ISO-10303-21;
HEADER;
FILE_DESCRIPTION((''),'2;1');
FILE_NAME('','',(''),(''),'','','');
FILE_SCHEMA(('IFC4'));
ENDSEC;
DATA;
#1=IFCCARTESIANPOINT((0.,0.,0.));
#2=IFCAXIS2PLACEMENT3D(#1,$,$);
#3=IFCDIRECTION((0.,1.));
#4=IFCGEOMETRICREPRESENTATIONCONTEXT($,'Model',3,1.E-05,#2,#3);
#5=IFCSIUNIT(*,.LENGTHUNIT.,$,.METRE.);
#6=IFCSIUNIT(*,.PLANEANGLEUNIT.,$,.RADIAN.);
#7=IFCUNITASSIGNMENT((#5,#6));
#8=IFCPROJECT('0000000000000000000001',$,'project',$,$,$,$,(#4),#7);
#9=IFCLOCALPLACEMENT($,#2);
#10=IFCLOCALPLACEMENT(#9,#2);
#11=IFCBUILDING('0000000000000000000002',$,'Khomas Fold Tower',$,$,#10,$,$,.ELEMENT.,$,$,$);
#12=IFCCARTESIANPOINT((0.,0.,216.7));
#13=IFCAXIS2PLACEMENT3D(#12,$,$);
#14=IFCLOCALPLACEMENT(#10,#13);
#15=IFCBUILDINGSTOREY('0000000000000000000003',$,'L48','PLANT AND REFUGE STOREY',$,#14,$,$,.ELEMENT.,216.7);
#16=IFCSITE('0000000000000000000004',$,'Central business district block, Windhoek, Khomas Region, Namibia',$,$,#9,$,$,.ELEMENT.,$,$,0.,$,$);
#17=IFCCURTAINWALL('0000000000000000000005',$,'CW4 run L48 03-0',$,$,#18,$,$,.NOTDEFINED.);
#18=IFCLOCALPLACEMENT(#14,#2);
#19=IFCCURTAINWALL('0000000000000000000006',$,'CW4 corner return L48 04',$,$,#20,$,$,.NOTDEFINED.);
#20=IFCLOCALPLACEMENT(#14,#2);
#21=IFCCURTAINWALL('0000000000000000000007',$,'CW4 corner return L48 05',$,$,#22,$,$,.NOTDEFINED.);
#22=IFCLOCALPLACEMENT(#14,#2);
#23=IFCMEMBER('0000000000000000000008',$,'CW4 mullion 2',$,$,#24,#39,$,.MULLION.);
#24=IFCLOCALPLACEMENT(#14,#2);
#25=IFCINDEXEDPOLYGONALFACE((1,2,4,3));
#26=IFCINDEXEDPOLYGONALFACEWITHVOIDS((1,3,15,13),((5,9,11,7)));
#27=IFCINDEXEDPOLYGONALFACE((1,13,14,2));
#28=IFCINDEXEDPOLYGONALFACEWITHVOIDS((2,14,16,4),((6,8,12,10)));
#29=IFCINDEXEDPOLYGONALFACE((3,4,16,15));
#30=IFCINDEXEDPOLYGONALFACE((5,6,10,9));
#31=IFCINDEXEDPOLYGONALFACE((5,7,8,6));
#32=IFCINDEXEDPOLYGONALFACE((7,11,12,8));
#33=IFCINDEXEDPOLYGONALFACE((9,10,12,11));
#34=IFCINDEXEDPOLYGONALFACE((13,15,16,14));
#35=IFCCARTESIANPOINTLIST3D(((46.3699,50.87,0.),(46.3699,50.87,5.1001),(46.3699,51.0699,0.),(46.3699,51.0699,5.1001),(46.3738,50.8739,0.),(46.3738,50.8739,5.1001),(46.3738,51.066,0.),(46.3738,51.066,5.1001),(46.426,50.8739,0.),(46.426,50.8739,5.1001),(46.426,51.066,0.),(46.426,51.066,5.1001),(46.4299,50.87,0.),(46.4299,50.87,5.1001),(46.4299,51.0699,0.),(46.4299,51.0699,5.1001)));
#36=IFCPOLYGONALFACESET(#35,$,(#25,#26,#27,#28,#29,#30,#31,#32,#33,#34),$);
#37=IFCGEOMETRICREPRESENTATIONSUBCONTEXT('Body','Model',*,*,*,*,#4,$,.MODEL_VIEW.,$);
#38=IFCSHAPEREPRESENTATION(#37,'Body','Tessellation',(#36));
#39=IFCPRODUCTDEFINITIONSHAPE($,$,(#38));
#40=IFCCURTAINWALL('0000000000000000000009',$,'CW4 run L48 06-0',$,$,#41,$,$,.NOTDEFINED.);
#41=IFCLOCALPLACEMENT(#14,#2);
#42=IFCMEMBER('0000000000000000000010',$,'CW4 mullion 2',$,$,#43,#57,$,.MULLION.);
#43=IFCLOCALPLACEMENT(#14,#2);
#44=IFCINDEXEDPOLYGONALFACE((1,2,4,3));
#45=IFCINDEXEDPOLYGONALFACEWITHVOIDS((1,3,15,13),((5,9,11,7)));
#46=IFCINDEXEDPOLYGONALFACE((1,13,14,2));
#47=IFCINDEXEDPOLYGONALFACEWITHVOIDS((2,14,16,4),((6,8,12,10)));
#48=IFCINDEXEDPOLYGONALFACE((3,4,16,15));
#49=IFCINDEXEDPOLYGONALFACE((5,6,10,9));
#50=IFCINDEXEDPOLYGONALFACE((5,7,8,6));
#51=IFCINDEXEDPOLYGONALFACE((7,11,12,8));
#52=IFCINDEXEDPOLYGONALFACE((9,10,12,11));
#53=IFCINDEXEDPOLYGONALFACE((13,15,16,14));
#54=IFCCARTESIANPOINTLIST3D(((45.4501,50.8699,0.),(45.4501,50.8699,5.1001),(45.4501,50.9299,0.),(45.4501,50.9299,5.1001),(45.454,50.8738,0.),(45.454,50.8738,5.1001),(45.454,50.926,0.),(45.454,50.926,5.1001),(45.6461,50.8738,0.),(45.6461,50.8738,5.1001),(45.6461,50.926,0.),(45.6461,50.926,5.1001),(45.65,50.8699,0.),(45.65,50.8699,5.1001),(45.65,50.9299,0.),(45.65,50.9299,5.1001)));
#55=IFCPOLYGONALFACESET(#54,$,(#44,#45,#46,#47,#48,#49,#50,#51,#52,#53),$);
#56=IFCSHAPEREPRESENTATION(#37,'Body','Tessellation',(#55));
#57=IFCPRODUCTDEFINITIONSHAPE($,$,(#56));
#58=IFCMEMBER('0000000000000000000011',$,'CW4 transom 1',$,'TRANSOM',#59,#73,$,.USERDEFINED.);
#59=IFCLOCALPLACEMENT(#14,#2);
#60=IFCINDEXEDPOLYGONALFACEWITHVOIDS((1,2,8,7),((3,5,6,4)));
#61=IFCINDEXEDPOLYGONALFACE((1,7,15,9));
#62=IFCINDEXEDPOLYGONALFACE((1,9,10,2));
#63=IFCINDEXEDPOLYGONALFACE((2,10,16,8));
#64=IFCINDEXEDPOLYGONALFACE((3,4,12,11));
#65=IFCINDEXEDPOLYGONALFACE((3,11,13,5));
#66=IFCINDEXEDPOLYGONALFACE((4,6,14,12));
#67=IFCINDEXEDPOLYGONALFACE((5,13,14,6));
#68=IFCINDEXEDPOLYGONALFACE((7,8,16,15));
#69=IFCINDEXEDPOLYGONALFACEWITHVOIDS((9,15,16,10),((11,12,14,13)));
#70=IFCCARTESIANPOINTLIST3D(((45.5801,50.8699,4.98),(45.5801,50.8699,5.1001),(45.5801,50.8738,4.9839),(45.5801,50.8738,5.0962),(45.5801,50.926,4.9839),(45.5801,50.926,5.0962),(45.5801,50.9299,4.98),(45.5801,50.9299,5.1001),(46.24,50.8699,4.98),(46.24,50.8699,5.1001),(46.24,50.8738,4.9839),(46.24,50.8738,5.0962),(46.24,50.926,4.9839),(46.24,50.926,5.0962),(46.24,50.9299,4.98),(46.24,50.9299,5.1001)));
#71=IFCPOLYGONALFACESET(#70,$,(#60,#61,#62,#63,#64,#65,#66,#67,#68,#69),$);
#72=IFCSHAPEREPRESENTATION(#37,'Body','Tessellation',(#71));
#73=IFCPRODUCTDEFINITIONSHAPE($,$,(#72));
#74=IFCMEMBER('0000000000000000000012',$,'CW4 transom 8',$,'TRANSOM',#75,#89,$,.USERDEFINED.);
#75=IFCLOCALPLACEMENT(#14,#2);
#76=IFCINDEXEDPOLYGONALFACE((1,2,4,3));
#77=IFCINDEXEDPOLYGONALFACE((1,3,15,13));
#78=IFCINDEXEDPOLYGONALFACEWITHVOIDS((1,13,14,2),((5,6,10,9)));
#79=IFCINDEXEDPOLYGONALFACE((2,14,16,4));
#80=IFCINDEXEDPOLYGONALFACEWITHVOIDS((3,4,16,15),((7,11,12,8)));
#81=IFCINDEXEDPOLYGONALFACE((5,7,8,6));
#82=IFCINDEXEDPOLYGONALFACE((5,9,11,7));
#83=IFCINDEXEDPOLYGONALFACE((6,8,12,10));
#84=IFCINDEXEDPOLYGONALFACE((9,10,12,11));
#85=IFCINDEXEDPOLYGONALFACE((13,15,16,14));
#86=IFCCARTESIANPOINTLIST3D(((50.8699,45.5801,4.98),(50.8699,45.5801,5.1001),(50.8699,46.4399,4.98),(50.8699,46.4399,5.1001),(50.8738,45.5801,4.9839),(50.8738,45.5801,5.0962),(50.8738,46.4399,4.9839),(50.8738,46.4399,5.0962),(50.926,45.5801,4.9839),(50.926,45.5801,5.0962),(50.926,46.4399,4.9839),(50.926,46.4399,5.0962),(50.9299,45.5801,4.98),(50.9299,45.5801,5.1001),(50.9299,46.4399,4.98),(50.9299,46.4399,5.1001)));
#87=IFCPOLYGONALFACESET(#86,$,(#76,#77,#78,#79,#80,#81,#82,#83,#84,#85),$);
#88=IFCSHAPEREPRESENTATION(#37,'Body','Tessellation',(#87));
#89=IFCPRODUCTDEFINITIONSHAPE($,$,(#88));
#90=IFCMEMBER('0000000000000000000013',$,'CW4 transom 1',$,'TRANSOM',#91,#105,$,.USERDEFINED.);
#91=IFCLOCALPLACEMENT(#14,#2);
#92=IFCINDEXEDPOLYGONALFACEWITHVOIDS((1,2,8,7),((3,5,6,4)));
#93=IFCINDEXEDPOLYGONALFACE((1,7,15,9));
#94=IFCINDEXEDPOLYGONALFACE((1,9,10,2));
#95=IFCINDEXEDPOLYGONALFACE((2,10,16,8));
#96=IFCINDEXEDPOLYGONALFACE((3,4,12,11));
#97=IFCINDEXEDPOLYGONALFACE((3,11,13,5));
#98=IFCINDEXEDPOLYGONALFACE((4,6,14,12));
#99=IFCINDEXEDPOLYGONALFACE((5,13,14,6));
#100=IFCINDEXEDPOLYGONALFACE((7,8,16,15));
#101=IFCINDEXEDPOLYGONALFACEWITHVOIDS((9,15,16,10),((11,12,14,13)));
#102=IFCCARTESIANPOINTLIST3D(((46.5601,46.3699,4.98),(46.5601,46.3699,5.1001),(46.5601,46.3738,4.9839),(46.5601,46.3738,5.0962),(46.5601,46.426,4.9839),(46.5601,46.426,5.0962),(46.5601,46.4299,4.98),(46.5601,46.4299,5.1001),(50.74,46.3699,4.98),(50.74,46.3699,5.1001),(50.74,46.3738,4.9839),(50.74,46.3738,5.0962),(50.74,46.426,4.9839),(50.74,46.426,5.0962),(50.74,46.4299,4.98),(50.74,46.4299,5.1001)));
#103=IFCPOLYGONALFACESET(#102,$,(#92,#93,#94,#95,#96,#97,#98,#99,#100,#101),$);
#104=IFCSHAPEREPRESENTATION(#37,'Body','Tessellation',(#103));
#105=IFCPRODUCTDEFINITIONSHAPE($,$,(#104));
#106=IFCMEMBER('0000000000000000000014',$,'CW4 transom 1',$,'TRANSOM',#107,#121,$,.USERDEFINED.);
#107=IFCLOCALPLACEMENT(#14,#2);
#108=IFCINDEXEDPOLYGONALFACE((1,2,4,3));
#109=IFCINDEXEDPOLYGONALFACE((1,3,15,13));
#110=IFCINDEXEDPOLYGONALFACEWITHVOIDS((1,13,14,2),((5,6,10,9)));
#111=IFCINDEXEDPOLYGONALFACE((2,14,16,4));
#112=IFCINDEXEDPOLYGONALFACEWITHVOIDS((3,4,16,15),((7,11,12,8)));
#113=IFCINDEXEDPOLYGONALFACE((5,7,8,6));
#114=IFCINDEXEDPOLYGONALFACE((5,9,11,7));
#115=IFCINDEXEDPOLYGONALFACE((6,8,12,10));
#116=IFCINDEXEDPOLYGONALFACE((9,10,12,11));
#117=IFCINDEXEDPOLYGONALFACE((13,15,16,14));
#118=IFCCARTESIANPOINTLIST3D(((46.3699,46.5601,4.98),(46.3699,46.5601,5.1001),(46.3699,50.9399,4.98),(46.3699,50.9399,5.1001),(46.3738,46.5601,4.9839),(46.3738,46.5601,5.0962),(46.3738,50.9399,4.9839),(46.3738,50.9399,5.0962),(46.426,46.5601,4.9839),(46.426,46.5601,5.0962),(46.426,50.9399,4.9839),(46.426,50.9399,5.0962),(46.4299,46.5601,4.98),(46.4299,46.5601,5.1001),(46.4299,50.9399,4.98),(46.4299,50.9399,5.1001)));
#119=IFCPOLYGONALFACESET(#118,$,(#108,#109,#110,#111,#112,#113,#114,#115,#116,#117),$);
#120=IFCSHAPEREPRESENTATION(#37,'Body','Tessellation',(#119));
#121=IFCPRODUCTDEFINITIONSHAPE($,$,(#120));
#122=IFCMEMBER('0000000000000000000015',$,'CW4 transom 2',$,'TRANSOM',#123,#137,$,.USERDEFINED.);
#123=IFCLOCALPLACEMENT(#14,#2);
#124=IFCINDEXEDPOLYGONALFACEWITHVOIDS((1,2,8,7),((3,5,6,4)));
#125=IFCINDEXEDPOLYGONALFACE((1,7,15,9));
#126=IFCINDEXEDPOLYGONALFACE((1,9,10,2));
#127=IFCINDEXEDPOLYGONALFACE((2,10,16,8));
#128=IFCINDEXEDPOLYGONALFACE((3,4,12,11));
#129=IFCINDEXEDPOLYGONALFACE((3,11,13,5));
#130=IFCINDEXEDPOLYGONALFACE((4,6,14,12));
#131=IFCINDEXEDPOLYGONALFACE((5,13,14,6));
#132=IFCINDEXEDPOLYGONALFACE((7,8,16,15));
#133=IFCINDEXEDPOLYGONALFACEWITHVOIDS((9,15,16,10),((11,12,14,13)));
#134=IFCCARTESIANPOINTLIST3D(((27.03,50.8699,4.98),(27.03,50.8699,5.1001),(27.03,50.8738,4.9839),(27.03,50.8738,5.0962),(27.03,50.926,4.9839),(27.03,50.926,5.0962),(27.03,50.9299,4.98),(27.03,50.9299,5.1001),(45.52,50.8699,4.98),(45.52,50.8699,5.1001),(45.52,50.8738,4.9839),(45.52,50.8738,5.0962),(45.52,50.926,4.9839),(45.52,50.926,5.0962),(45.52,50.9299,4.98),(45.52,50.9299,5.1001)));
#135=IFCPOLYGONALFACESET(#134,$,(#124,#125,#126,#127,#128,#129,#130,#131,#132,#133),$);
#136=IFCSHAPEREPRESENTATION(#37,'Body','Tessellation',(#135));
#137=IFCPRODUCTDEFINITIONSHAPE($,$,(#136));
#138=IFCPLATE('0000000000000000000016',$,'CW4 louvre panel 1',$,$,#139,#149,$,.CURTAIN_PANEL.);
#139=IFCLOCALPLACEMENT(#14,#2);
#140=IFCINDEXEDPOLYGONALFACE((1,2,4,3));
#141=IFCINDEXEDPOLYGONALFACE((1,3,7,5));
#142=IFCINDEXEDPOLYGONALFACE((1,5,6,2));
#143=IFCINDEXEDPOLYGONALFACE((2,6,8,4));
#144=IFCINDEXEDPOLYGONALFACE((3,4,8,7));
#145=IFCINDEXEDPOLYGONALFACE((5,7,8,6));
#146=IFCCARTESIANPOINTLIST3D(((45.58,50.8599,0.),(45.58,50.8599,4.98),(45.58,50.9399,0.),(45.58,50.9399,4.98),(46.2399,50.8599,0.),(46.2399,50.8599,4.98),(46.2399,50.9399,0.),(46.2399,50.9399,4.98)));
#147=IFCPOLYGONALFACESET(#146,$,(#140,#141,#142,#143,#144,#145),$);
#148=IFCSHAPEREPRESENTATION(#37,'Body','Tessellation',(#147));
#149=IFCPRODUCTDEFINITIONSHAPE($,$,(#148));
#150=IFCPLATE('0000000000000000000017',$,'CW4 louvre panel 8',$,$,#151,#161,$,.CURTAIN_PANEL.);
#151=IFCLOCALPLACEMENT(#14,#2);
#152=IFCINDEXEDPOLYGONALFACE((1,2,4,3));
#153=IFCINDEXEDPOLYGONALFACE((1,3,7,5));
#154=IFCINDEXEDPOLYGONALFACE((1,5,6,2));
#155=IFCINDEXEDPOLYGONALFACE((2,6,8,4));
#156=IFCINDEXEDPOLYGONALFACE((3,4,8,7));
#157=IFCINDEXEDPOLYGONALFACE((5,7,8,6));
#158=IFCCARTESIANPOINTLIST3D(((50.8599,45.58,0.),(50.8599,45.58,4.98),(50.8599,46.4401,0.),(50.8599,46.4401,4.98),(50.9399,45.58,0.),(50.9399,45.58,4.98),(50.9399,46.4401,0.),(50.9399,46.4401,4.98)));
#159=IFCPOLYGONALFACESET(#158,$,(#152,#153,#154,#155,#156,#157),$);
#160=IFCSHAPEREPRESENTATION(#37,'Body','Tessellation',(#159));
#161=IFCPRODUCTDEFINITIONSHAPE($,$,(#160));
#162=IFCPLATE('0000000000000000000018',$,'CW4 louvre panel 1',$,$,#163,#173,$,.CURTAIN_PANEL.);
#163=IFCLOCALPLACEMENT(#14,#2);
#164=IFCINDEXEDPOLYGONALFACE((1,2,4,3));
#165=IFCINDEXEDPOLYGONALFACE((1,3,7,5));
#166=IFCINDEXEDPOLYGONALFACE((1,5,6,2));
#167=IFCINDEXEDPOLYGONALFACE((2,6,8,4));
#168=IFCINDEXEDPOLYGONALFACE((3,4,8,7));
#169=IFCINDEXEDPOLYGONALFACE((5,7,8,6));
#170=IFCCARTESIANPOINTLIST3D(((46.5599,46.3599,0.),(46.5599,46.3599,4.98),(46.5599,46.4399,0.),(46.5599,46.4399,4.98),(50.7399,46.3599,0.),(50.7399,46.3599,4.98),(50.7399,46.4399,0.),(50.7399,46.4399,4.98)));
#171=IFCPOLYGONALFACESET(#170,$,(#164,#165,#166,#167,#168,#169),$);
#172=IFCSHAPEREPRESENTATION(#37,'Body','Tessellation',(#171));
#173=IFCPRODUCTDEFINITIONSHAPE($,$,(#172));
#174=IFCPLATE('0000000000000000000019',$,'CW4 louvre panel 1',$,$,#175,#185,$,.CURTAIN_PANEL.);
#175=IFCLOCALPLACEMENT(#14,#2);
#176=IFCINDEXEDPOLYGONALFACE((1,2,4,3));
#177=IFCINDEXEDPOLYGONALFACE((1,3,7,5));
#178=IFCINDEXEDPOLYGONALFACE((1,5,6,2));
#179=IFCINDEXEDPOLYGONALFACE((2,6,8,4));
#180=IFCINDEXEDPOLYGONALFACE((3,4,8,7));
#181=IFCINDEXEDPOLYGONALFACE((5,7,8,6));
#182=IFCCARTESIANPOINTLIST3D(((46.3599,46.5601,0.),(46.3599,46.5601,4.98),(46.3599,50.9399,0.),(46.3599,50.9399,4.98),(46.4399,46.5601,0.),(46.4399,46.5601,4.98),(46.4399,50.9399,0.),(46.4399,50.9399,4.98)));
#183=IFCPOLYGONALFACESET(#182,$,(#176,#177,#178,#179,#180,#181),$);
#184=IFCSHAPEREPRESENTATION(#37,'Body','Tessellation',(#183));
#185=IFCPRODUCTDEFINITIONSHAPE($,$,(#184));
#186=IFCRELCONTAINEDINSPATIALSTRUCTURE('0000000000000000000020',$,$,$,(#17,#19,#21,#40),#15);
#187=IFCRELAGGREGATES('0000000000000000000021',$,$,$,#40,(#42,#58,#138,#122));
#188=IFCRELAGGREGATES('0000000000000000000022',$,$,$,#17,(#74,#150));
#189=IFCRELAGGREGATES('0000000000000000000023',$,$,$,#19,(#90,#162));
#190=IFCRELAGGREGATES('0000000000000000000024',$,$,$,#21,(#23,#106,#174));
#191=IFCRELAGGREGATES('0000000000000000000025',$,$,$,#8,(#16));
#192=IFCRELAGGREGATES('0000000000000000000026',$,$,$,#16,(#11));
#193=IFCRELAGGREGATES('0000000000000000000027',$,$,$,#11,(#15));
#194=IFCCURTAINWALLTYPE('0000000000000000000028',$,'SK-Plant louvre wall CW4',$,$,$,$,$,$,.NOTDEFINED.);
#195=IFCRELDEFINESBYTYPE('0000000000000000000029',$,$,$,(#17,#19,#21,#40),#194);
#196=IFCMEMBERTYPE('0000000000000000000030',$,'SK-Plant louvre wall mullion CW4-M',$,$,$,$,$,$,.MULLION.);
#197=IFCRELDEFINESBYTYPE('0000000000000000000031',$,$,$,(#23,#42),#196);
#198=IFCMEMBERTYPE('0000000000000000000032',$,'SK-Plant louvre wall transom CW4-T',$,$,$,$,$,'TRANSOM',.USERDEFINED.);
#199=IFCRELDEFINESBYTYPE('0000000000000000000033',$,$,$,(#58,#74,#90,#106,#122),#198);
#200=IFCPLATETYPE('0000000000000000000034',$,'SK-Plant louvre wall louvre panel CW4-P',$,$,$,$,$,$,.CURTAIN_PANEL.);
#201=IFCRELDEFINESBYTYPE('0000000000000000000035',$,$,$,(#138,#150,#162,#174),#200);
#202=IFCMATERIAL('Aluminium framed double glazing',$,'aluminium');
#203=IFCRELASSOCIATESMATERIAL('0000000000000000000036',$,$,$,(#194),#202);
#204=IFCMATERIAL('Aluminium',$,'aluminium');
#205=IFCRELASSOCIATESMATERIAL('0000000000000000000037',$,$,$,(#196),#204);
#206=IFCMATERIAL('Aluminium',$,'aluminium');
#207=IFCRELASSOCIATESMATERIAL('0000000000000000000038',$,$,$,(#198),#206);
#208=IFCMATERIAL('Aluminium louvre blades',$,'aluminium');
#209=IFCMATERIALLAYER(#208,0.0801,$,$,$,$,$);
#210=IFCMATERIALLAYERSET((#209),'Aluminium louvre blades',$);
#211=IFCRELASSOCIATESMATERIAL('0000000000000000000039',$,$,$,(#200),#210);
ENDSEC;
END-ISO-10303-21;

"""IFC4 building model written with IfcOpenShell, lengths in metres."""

from ifc_helpers import new_model, si_unit, direction, frame, origin, origin_2d, place, context, subcontext, project, spatial, rectangle, hollow_rectangle, extrude, source, transform, mapped, material, layer, layer_set, material_profile, profile_set, type_object, element, aggregate, save


model = new_model("IFC4")

# Units and contexts
model_context = context("Model", 3, precision=1e-05, world=origin(), true_north=direction((0.0, 1.0)))
body_context = subcontext(model_context, "Body", "Model", "MODEL_VIEW")
ifc_project = project(units=[si_unit("LENGTHUNIT", "METRE"), si_unit("PLANEANGLEUNIT", "RADIAN")], contexts=[model_context])

# Site, building, storey
site_placement = place(None, origin())
site = spatial("IfcSite", under=ifc_project, at=site_placement, Name="Central business district block, Windhoek, Khomas Region, Namibia", CompositionType="ELEMENT", RefElevation=0.0)
building_placement = place(site_placement, origin())
building = spatial("IfcBuilding", under=site, at=building_placement, Name="Khomas Fold Tower", CompositionType="ELEMENT")
storey_placement = place(building_placement, frame((0.0, 0.0, 216.7)))
storey = spatial("IfcBuildingStorey", under=building, at=storey_placement, Name="L48", Description="PLANT AND REFUGE STOREY", CompositionType="ELEMENT", Elevation=216.7)

# Curtain walls, members
ifc_material_1 = material(Name="Aluminium framed double glazing", Category="aluminium")
curtain_wall_type = type_object("IfcCurtainWallType", Name="SK-Plant louvre wall CW4", PredefinedType="NOTDEFINED", material=ifc_material_1)
curtain_wall_1_placement = place(storey_placement, origin())
curtain_wall_1 = element("IfcCurtainWall", 1, at=curtain_wall_1_placement, inside=storey, type_object=curtain_wall_type, Name="CW4 run L48 03-0", PredefinedType="NOTDEFINED")
ifc_material_2 = material(Name="Aluminium", Category="aluminium")
ifc_material_profile_1 = material_profile(ifc_material_2, hollow_rectangle(XDim=0.0601, YDim=0.2, WallThickness=0.0039, at=origin_2d()), Name="SK-Plant louvre wall mullion CW4-M")
ifc_profile_set_1 = profile_set([ifc_material_profile_1], Name="Aluminium")
member_type_1 = type_object("IfcMemberType", Name="SK-Plant louvre wall mullion CW4-M", PredefinedType="MULLION", material=ifc_profile_set_1)
shared_shape_1 = source(origin(), body_context, "Body", "SweptSolid", [
    extrude(hollow_rectangle(XDim=0.0601, YDim=0.2, WallThickness=0.0039, at=origin_2d()), origin(), (0.0, 0.0, 1.0), 5.1001),
])
curtain_wall_2_placement = place(storey_placement, origin())
curtain_wall_2 = element("IfcCurtainWall", 2, at=curtain_wall_2_placement, inside=storey, type_object=curtain_wall_type, Name="CW4 corner return L48 04", PredefinedType="NOTDEFINED")
curtain_wall_3_placement = place(storey_placement, origin())
curtain_wall_3 = element("IfcCurtainWall", 3, at=curtain_wall_3_placement, inside=storey, type_object=curtain_wall_type, Name="CW4 corner return L48 05", PredefinedType="NOTDEFINED")
member_1_placement = place(storey_placement, frame((46.3999, 50.97, 0.0), z_axis=(0.0, 0.0, 1.0), x_axis=(-1.0, 0.0, 0.0)))
member_1 = element("IfcMember", 4, at=member_1_placement, type_object=member_type_1, Name="CW4 mullion 2", PredefinedType="MULLION", context=body_context, shape_type="MappedRepresentation", body=[
    mapped(shared_shape_1, transform((0.0, 0.0, 0.0))),
])
curtain_wall_4_placement = place(storey_placement, origin())
curtain_wall_4 = element("IfcCurtainWall", 5, at=curtain_wall_4_placement, inside=storey, type_object=curtain_wall_type, Name="CW4 run L48 06-0", PredefinedType="NOTDEFINED")
member_2_placement = place(storey_placement, frame((45.55, 50.8999, 0.0), z_axis=(0.0, 0.0, 1.0), x_axis=(0.0, -1.0, 0.0)))
member_2 = element("IfcMember", 6, at=member_2_placement, type_object=member_type_1, Name="CW4 mullion 2", PredefinedType="MULLION", context=body_context, shape_type="MappedRepresentation", body=[
    mapped(shared_shape_1, transform((0.0, 0.0, 0.0))),
])
ifc_material_3 = material(Name="Aluminium", Category="aluminium")
ifc_material_profile_2 = material_profile(ifc_material_3, hollow_rectangle(XDim=0.0601, YDim=0.1201, WallThickness=0.0039, at=origin_2d()), Name="SK-Plant louvre wall transom CW4-T")
ifc_profile_set_2 = profile_set([ifc_material_profile_2], Name="Aluminium")
member_type_2 = type_object("IfcMemberType", Name="SK-Plant louvre wall transom CW4-T", ElementType="TRANSOM", PredefinedType="USERDEFINED", material=ifc_profile_set_2)
shared_shape_2 = source(origin(), body_context, "Body", "SweptSolid", [
    extrude(hollow_rectangle(XDim=0.0601, YDim=0.1201, WallThickness=0.0039, at=origin_2d()), origin(), (0.0, 0.0, 1.0), 0.6599),
])
member_3_placement = place(storey_placement, frame((46.24, 50.8999, 5.04), z_axis=(-1.0, 0.0, 0.0), x_axis=(0.0, -1.0, 0.0)))
member_3 = element("IfcMember", 7, at=member_3_placement, type_object=member_type_2, Name="CW4 transom 1", ObjectType="TRANSOM", PredefinedType="USERDEFINED", context=body_context, shape_type="MappedRepresentation", body=[
    mapped(shared_shape_2, transform((0.0, 0.0, 0.0))),
])

# Members
shared_shape_3 = source(origin(), body_context, "Body", "SweptSolid", [
    extrude(hollow_rectangle(XDim=0.0601, YDim=0.1201, WallThickness=0.0039, at=origin_2d()), origin(), (0.0, 0.0, 1.0), 0.8599),
])
member_4_placement = place(storey_placement, frame((50.8999, 45.5801, 5.04), z_axis=(0.0, 1.0, 0.0), x_axis=(-1.0, 0.0, 0.0)))
member_4 = element("IfcMember", 8, at=member_4_placement, type_object=member_type_2, Name="CW4 transom 8", ObjectType="TRANSOM", PredefinedType="USERDEFINED", context=body_context, shape_type="MappedRepresentation", body=[
    mapped(shared_shape_3, transform((0.0, 0.0, 0.0))),
])
shared_shape_4 = source(origin(), body_context, "Body", "SweptSolid", [
    extrude(hollow_rectangle(XDim=0.0601, YDim=0.1201, WallThickness=0.0039, at=origin_2d()), origin(), (0.0, 0.0, 1.0), 4.1799),
])
member_5_placement = place(storey_placement, frame((50.74, 46.3999, 5.04), z_axis=(-1.0, 0.0, 0.0), x_axis=(0.0, -1.0, 0.0)))
member_5 = element("IfcMember", 9, at=member_5_placement, type_object=member_type_2, Name="CW4 transom 1", ObjectType="TRANSOM", PredefinedType="USERDEFINED", context=body_context, shape_type="MappedRepresentation", body=[
    mapped(shared_shape_4, transform((0.0, 0.0, 0.0))),
])
shared_shape_5 = source(origin(), body_context, "Body", "SweptSolid", [
    extrude(hollow_rectangle(XDim=0.0601, YDim=0.1201, WallThickness=0.0039, at=origin_2d()), origin(), (0.0, 0.0, 1.0), 4.3799),
])
member_6_placement = place(storey_placement, frame((46.3999, 46.5601, 5.04), z_axis=(0.0, 1.0, 0.0), x_axis=(-1.0, 0.0, 0.0)))
member_6 = element("IfcMember", 10, at=member_6_placement, type_object=member_type_2, Name="CW4 transom 1", ObjectType="TRANSOM", PredefinedType="USERDEFINED", context=body_context, shape_type="MappedRepresentation", body=[
    mapped(shared_shape_5, transform((0.0, 0.0, 0.0))),
])
shared_shape_6 = source(origin(), body_context, "Body", "SweptSolid", [
    extrude(hollow_rectangle(XDim=0.0601, YDim=0.1201, WallThickness=0.0039, at=origin_2d()), origin(), (0.0, 0.0, 1.0), 18.49),
])
member_7_placement = place(storey_placement, frame((45.52, 50.8999, 5.04), z_axis=(-1.0, 0.0, 0.0), x_axis=(0.0, -1.0, 0.0)))
member_7 = element("IfcMember", 11, at=member_7_placement, type_object=member_type_2, Name="CW4 transom 2", ObjectType="TRANSOM", PredefinedType="USERDEFINED", context=body_context, shape_type="MappedRepresentation", body=[
    mapped(shared_shape_6, transform((0.0, 0.0, 0.0))),
])

# Plates
ifc_material_4 = material(Name="Aluminium louvre blades", Category="aluminium")
ifc_layer_1 = layer(ifc_material_4, 0.0801)
ifc_layer_set_1 = layer_set([ifc_layer_1], Name="Aluminium louvre blades")
plate_type = type_object("IfcPlateType", Name="SK-Plant louvre wall louvre panel CW4-P", PredefinedType="CURTAIN_PANEL", material=ifc_layer_set_1)
shared_shape_7 = source(origin(), body_context, "Body", "SweptSolid", [
    extrude(rectangle(XDim=0.6599, YDim=0.0801, at=origin_2d()), origin(), (0.0, 0.0, 1.0), 4.98),
])
plate_1_placement = place(storey_placement, frame((45.9099, 50.8999, 0.0), z_axis=(0.0, 0.0, 1.0), x_axis=(-1.0, 0.0, 0.0)))
plate_1 = element("IfcPlate", 12, at=plate_1_placement, type_object=plate_type, Name="CW4 louvre panel 1", PredefinedType="CURTAIN_PANEL", context=body_context, shape_type="MappedRepresentation", body=[
    mapped(shared_shape_7, transform((0.0, 0.0, 0.0))),
])
aggregate(curtain_wall_4, [member_2, member_3, plate_1, member_7])
shared_shape_8 = source(origin(), body_context, "Body", "SweptSolid", [
    extrude(rectangle(XDim=0.8601, YDim=0.0801, at=origin_2d()), origin(), (0.0, 0.0, 1.0), 4.98),
])
plate_2_placement = place(storey_placement, frame((50.8999, 46.01, 0.0), z_axis=(0.0, 0.0, 1.0), x_axis=(0.0, 1.0, 0.0)))
plate_2 = element("IfcPlate", 13, at=plate_2_placement, type_object=plate_type, Name="CW4 louvre panel 8", PredefinedType="CURTAIN_PANEL", context=body_context, shape_type="MappedRepresentation", body=[
    mapped(shared_shape_8, transform((0.0, 0.0, 0.0))),
])
aggregate(curtain_wall_1, [member_4, plate_2])
shared_shape_9 = source(origin(), body_context, "Body", "SweptSolid", [
    extrude(rectangle(XDim=4.1799, YDim=0.0801, at=origin_2d()), origin(), (0.0, 0.0, 1.0), 4.98),
])
plate_3_placement = place(storey_placement, frame((48.6499, 46.3999, 0.0), z_axis=(0.0, 0.0, 1.0), x_axis=(-1.0, 0.0, 0.0)))
plate_3 = element("IfcPlate", 14, at=plate_3_placement, type_object=plate_type, Name="CW4 louvre panel 1", PredefinedType="CURTAIN_PANEL", context=body_context, shape_type="MappedRepresentation", body=[
    mapped(shared_shape_9, transform((0.0, 0.0, 0.0))),
])
aggregate(curtain_wall_2, [member_5, plate_3])
shared_shape_10 = source(origin(), body_context, "Body", "SweptSolid", [
    extrude(rectangle(XDim=4.3799, YDim=0.0801, at=origin_2d()), origin(), (0.0, 0.0, 1.0), 4.98),
])
plate_4_placement = place(storey_placement, frame((46.3999, 48.75, 0.0), z_axis=(0.0, 0.0, 1.0), x_axis=(0.0, 1.0, 0.0)))
plate_4 = element("IfcPlate", 15, at=plate_4_placement, type_object=plate_type, Name="CW4 louvre panel 1", PredefinedType="CURTAIN_PANEL", context=body_context, shape_type="MappedRepresentation", body=[
    mapped(shared_shape_10, transform((0.0, 0.0, 0.0))),
])
aggregate(curtain_wall_3, [member_1, member_6, plate_4])

save(model, "model.ifc")
